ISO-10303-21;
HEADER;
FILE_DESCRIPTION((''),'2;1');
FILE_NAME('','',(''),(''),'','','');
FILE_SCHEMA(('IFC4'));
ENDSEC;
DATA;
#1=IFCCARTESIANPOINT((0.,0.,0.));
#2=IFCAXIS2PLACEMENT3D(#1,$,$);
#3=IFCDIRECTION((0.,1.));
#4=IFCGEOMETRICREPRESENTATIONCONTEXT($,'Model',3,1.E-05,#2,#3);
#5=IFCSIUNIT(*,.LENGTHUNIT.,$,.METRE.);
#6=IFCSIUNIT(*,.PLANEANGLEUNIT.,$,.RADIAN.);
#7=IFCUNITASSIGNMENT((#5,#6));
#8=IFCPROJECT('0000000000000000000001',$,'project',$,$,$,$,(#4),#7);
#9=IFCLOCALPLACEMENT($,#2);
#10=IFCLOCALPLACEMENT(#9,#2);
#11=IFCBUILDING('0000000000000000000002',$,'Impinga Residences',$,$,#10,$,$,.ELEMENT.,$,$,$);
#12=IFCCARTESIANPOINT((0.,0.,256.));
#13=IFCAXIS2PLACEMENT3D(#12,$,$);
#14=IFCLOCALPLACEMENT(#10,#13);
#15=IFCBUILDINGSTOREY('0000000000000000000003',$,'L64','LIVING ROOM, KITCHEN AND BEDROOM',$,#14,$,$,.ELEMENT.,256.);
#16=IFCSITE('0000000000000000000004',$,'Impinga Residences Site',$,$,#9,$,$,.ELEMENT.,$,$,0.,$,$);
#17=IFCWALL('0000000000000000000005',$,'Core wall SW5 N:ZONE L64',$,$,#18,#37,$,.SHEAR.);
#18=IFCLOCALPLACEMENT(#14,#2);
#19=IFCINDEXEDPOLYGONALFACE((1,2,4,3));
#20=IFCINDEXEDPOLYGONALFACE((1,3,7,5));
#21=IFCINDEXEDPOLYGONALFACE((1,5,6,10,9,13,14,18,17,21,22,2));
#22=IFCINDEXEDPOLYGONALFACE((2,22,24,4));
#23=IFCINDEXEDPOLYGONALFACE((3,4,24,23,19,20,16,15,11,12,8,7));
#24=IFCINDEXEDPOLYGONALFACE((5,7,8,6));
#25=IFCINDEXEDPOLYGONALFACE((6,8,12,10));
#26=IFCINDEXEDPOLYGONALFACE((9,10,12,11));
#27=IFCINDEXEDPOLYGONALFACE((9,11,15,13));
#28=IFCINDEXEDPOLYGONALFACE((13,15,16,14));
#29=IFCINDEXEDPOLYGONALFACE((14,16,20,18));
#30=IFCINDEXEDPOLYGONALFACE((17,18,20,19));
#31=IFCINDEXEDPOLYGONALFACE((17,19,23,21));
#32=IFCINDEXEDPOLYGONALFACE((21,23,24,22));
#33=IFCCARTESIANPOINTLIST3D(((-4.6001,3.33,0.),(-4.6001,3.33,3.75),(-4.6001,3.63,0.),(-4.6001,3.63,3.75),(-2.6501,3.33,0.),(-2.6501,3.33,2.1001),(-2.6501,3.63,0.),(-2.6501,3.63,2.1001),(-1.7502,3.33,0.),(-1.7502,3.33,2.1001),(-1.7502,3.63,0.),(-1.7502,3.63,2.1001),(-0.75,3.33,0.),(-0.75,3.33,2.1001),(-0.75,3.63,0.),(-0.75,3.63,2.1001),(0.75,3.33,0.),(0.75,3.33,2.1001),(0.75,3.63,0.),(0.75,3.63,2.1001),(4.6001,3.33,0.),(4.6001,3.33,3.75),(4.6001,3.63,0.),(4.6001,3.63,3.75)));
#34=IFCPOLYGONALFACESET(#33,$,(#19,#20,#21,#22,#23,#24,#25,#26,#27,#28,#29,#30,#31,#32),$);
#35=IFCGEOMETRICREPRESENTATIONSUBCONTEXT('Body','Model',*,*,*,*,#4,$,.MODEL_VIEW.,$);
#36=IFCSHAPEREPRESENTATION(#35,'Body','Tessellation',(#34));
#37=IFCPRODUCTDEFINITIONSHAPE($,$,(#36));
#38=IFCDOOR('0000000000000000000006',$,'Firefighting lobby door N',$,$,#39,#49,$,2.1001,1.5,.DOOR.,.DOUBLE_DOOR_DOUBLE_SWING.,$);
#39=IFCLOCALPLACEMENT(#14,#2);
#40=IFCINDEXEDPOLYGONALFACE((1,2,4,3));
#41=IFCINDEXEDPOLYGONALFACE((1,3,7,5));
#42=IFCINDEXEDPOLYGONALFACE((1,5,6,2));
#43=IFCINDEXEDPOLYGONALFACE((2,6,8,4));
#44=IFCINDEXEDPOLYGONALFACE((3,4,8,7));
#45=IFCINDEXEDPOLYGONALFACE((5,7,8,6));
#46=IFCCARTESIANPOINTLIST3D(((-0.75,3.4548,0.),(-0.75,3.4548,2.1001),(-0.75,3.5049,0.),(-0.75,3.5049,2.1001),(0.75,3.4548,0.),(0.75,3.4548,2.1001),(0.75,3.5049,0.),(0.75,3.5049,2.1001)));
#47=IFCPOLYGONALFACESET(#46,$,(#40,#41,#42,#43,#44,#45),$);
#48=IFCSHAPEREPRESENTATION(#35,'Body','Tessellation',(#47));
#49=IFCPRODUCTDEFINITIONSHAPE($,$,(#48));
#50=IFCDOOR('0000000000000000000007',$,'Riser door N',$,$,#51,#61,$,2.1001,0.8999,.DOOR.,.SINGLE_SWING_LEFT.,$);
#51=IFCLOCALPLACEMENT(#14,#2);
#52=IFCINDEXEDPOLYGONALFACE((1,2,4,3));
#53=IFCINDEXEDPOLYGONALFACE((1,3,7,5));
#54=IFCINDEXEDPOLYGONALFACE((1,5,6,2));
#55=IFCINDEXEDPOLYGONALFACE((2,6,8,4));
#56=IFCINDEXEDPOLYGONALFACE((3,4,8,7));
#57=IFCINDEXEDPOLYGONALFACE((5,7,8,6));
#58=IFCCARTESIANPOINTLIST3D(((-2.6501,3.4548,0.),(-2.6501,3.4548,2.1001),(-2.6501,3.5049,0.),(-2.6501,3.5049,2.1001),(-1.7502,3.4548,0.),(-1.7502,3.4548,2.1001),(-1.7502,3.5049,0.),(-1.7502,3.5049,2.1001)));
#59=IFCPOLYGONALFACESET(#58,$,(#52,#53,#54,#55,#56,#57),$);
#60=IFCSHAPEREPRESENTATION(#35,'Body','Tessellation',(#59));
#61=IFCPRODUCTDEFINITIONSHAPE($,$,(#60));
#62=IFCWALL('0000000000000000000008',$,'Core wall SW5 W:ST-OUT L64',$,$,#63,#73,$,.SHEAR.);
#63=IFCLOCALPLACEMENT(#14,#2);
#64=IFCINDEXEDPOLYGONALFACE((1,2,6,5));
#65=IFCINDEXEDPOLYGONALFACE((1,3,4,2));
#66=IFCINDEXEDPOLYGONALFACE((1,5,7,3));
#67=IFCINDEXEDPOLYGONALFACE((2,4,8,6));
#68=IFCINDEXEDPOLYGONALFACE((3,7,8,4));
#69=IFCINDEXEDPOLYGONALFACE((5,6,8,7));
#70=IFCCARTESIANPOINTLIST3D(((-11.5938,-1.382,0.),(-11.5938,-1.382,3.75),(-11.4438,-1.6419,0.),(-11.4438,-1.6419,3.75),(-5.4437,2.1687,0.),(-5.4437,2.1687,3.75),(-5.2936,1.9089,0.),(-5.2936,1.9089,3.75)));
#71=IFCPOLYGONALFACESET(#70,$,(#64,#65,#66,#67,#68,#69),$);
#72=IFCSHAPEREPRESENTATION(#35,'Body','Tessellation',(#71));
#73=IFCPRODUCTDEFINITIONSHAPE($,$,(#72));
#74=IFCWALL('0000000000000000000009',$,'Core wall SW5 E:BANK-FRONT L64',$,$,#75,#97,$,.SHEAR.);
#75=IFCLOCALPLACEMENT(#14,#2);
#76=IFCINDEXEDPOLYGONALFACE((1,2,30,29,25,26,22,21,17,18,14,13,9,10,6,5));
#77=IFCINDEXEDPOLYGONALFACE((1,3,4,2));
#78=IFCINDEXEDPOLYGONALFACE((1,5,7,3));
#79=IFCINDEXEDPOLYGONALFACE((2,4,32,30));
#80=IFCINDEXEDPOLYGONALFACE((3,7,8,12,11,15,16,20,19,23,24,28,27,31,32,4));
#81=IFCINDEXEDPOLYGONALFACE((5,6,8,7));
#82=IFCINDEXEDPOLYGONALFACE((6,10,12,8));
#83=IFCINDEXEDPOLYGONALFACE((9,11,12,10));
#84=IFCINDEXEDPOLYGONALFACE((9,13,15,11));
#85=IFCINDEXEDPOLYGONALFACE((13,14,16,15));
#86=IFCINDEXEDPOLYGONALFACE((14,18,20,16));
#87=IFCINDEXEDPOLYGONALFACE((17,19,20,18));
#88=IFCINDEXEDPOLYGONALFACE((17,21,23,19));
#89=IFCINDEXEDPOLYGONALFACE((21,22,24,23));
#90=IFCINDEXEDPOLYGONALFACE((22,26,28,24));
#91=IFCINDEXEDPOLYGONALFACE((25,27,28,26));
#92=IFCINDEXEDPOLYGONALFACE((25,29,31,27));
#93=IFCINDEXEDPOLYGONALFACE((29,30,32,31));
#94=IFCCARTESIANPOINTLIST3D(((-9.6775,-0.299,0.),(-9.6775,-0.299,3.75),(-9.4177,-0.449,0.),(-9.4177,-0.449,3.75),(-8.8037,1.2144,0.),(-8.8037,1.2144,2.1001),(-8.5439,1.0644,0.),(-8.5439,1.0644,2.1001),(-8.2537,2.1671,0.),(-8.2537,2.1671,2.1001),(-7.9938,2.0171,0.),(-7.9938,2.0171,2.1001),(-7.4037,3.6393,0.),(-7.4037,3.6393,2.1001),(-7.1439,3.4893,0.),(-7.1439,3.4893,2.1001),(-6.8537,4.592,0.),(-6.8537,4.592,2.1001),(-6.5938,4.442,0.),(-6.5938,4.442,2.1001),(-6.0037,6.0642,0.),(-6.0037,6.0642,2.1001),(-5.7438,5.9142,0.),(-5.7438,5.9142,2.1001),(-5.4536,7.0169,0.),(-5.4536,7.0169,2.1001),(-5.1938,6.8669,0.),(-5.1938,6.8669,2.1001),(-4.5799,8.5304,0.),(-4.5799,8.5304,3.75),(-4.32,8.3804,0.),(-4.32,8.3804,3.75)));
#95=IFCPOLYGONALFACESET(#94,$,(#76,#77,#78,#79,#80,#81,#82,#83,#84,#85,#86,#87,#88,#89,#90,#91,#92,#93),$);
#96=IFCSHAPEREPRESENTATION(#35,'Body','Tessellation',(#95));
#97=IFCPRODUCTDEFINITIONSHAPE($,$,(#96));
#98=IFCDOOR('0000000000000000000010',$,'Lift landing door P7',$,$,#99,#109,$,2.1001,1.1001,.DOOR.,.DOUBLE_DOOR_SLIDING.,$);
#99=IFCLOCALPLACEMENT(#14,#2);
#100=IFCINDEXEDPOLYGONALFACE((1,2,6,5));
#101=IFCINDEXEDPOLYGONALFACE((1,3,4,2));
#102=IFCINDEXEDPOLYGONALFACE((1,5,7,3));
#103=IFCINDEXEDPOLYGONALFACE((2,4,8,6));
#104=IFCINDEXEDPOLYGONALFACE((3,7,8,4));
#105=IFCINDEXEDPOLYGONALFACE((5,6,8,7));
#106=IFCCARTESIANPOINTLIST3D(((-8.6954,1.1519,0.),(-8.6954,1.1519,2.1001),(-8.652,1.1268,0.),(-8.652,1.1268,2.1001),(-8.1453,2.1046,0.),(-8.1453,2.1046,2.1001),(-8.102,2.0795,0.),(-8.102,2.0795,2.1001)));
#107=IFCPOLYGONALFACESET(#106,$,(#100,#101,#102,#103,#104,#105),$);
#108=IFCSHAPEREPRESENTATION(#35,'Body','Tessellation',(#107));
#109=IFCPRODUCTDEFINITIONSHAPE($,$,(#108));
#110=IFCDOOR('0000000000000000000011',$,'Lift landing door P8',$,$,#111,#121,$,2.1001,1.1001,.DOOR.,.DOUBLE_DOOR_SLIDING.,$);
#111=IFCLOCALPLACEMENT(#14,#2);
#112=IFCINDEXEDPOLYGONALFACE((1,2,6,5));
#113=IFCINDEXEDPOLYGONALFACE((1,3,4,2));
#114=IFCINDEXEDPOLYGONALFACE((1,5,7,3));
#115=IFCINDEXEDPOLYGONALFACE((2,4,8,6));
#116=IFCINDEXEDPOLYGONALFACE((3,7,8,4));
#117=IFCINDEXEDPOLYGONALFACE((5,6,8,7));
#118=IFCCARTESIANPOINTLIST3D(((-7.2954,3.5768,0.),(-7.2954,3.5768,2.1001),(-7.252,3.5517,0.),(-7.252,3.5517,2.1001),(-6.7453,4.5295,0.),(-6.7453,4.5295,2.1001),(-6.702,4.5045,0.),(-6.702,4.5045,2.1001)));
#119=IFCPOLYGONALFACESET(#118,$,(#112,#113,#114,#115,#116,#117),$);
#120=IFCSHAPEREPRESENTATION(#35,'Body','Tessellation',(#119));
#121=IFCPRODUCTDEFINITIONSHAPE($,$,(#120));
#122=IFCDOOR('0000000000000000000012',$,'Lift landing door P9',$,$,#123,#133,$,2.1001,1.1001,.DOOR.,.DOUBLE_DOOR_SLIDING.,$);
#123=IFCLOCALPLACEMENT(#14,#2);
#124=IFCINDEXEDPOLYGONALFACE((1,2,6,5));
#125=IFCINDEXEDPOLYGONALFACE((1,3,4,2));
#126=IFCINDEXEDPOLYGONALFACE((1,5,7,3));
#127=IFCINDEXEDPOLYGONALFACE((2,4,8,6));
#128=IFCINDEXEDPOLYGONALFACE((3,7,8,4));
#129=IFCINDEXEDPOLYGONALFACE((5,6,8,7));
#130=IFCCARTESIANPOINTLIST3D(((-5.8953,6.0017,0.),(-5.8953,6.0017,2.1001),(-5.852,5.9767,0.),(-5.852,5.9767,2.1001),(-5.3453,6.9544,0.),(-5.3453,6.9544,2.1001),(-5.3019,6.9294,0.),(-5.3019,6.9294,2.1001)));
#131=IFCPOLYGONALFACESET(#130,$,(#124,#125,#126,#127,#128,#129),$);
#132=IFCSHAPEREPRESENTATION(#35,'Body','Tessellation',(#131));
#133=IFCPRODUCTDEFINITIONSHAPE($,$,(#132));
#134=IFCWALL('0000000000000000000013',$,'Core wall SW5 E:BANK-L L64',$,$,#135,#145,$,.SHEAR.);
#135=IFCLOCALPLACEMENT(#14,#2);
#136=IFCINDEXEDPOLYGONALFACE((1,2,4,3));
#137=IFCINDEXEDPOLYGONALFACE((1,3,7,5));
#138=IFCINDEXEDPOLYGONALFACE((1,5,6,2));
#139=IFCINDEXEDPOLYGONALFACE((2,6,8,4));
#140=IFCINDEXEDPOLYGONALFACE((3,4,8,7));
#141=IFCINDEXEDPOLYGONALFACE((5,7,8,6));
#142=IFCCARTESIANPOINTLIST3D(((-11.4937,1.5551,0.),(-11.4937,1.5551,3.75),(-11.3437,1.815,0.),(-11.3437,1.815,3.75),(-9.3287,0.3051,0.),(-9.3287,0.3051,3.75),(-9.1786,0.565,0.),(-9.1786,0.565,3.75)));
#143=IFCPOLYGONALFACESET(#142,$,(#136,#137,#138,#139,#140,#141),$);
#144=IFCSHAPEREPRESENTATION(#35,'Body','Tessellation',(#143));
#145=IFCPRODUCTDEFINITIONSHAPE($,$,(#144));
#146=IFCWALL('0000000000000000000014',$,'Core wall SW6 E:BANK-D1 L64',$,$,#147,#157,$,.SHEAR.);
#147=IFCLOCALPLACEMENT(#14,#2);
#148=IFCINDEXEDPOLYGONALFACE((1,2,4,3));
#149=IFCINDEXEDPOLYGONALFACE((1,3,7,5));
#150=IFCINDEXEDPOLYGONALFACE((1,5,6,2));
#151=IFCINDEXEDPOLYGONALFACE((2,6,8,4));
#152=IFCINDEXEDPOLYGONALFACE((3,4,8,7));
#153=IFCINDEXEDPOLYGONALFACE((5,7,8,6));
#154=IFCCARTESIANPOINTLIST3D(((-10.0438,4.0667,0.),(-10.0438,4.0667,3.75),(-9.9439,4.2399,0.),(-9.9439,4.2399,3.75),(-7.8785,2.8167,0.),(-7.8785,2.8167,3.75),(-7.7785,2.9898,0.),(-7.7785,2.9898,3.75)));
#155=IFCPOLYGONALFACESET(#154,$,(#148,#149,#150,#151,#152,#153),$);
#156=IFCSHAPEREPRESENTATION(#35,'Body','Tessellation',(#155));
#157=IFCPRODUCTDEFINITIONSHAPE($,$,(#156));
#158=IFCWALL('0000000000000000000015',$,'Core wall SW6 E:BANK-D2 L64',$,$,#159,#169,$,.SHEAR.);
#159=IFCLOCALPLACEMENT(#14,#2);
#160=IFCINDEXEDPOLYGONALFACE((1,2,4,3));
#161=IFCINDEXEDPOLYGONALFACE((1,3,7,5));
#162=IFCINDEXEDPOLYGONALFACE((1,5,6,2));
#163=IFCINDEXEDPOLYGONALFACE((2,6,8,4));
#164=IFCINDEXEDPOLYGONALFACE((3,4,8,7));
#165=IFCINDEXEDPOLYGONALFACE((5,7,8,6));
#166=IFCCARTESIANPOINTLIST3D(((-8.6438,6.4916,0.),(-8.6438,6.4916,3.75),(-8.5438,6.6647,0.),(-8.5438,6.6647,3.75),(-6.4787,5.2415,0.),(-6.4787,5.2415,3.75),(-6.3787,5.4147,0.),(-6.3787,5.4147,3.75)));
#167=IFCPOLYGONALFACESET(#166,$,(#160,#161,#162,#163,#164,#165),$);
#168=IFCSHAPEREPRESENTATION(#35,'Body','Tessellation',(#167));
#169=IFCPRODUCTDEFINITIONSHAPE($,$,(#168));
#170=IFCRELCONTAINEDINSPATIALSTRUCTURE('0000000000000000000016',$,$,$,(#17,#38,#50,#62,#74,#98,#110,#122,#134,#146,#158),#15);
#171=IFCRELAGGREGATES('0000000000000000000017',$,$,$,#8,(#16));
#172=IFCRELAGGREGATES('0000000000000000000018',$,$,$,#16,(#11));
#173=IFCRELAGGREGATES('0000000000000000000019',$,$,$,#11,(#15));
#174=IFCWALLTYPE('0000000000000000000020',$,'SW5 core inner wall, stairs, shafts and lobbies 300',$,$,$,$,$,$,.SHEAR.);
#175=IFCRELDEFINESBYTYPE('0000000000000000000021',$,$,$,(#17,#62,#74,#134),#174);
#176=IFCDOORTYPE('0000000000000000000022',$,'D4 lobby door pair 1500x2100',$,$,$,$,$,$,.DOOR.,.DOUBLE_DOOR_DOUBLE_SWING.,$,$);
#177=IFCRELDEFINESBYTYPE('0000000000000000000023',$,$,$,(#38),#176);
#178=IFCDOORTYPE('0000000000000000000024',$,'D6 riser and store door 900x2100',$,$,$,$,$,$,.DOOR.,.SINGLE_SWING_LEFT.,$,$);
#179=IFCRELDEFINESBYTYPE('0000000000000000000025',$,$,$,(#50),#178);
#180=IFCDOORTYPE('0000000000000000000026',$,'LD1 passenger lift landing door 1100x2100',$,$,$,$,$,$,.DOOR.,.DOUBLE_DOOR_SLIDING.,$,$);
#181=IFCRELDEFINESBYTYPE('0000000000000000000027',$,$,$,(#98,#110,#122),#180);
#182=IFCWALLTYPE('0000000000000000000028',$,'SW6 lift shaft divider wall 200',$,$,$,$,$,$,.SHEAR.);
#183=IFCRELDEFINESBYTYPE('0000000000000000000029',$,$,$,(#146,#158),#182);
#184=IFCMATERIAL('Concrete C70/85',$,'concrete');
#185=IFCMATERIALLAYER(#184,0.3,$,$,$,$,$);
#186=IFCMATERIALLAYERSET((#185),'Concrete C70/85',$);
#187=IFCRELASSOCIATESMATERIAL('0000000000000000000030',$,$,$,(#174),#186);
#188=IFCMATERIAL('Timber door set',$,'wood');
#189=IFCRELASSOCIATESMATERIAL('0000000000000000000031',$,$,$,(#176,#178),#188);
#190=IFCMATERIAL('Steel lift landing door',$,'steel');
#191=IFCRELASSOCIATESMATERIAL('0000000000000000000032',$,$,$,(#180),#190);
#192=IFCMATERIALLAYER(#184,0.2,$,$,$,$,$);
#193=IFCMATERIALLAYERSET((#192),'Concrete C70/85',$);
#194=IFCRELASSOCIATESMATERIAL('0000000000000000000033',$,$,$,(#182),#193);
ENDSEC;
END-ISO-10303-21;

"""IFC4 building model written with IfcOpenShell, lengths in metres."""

from ifc_helpers import new_model, si_unit, direction, frame, frame_2d, origin, place, context, subcontext, project, spatial, rectangle, extrude, material, layer, layer_set, type_object, element, fill, save


model = new_model("IFC4")

# Units and contexts
model_context = context("Model", 3, precision=1e-05, world=origin(), true_north=direction((0.0, 1.0)))
body_context = subcontext(model_context, "Body", "Model", "MODEL_VIEW")
ifc_project = project(units=[si_unit("LENGTHUNIT", "METRE"), si_unit("PLANEANGLEUNIT", "RADIAN")], contexts=[model_context])

# Site, building, storey
site_placement = place(None, origin())
site = spatial("IfcSite", under=ifc_project, at=site_placement, Name="Impinga Residences Site", CompositionType="ELEMENT", RefElevation=0.0)
building_placement = place(site_placement, origin())
building = spatial("IfcBuilding", under=site, at=building_placement, Name="Impinga Residences", CompositionType="ELEMENT")
storey_placement = place(building_placement, frame((0.0, 0.0, 256.0)))
storey = spatial("IfcBuildingStorey", under=building, at=storey_placement, Name="L64", Description="LIVING ROOM, KITCHEN AND BEDROOM", CompositionType="ELEMENT", Elevation=256.0)

# Shared definitions
ifc_material_1 = material(Name="Timber door set", Category="wood")

# Wall, openings, doors
ifc_material_2 = material(Name="Concrete C70/85", Category="concrete")
ifc_layer_1 = layer(ifc_material_2, 0.3)
ifc_layer_set_1 = layer_set([ifc_layer_1], Name="Concrete C70/85")
wall_type_1 = type_object("IfcWallType", Name="SW5 core inner wall, stairs, shafts and lobbies 300", PredefinedType="SHEAR", material=ifc_layer_set_1)
wall_1_placement = place(storey_placement, frame((-4.6001, 3.48, 0.0), z_axis=(0.0, 0.0, 1.0), x_axis=(1.0, 0.0, 0.0)))
wall_1 = element("IfcWall", 1, at=wall_1_placement, inside=storey, type_object=wall_type_1, Name="Core wall SW5 N:ZONE L64", PredefinedType="SHEAR", context=body_context, shape_type="SweptSolid", body=[
    extrude(rectangle(XDim=9.2002, YDim=0.3, at=frame_2d((4.6001, 0.0))), origin(), (0.0, 0.0, 1.0), 3.75),
])
opening_1_placement = place(wall_1_placement, frame((3.8501, 0.0, 0.0)))
opening_1 = element("IfcOpeningElement", 2, at=opening_1_placement, cuts=wall_1, PredefinedType="OPENING", context=body_context, shape_type="SweptSolid", body=[
    extrude(rectangle(XDim=1.5, YDim=2.1001, at=frame_2d((0.75, 1.05))), frame((0.0, 0.1599, 0.0), z_axis=(0.0, -1.0, 0.0), x_axis=(1.0, 0.0, 0.0)), (0.0, 0.0, 1.0), 0.3201),
])
opening_2_placement = place(wall_1_placement, frame((1.95, 0.0, 0.0)))
opening_2 = element("IfcOpeningElement", 3, at=opening_2_placement, cuts=wall_1, PredefinedType="OPENING", context=body_context, shape_type="SweptSolid", body=[
    extrude(rectangle(XDim=0.8999, YDim=2.1001, at=frame_2d((0.45, 1.05))), frame((0.0, 0.1599, 0.0), z_axis=(0.0, -1.0, 0.0), x_axis=(1.0, 0.0, 0.0)), (0.0, 0.0, 1.0), 0.3201),
])
door_type_1 = type_object("IfcDoorType", Name="D4 lobby door pair 1500x2100", OperationType="DOUBLE_DOOR_DOUBLE_SWING", PredefinedType="DOOR", material=ifc_material_1)
door_1_placement = place(opening_1_placement, origin())
door_1 = element("IfcDoor", 4, at=door_1_placement, inside=storey, type_object=door_type_1, Name="Firefighting lobby door N", OperationType="DOUBLE_DOOR_DOUBLE_SWING", OverallHeight=2.1001, OverallWidth=1.5, PredefinedType="DOOR", context=body_context, shape_type="SweptSolid", body=[
    extrude(rectangle(XDim=1.5, YDim=2.1001, at=frame_2d((0.75, 1.05))), frame((0.0, 0.0249, 0.0), z_axis=(0.0, -1.0, 0.0), x_axis=(1.0, 0.0, 0.0)), (0.0, 0.0, 1.0), 0.05),
])
fill(opening_1, door_1)
door_type_2 = type_object("IfcDoorType", Name="D6 riser and store door 900x2100", OperationType="SINGLE_SWING_LEFT", PredefinedType="DOOR", material=ifc_material_1)
door_2_placement = place(opening_2_placement, origin())
door_2 = element("IfcDoor", 5, at=door_2_placement, inside=storey, type_object=door_type_2, Name="Riser door N", OperationType="SINGLE_SWING_LEFT", OverallHeight=2.1001, OverallWidth=0.8999, PredefinedType="DOOR", context=body_context, shape_type="SweptSolid", body=[
    extrude(rectangle(XDim=0.8999, YDim=2.1001, at=frame_2d((0.45, 1.05))), frame((0.0, 0.0249, 0.0), z_axis=(0.0, -1.0, 0.0), x_axis=(1.0, 0.0, 0.0)), (0.0, 0.0, 1.0), 0.05),
])
fill(opening_2, door_2)

# Wall
wall_2_placement = place(storey_placement, frame((-5.3687, 2.0388, 0.0), z_axis=(0.0, 0.0, 1.0), x_axis=(-0.866026, -0.499999, 0.0)))
element("IfcWall", 6, at=wall_2_placement, inside=storey, type_object=wall_type_1, Name="Core wall SW5 W:ST-OUT L64", PredefinedType="SHEAR", context=body_context, shape_type="SweptSolid", body=[
    extrude(rectangle(XDim=7.1016, YDim=0.3, at=frame_2d((3.5508, 0.0))), origin(), (0.0, 0.0, 1.0), 3.75),
])

# Wall, openings, doors
wall_3_placement = place(storey_placement, frame((-9.5476, -0.374, 0.0), z_axis=(0.0, 0.0, 1.0), x_axis=(0.500002, 0.866024, 0.0)))
wall_3 = element("IfcWall", 7, at=wall_3_placement, inside=storey, type_object=wall_type_1, Name="Core wall SW5 E:BANK-FRONT L64", PredefinedType="SHEAR", context=body_context, shape_type="SweptSolid", body=[
    extrude(rectangle(XDim=10.1953, YDim=0.3, at=frame_2d((5.0977, 0.0))), origin(), (0.0, 0.0, 1.0), 3.75),
])
opening_3_placement = place(wall_3_placement, frame((1.7476, 0.0, 0.0)))
opening_3 = element("IfcOpeningElement", 8, at=opening_3_placement, cuts=wall_3, PredefinedType="OPENING", context=body_context, shape_type="SweptSolid", body=[
    extrude(rectangle(XDim=1.1001, YDim=2.1001, at=frame_2d((0.55, 1.05))), frame((0.0, 0.1599, 0.0), z_axis=(0.0, -1.0, 0.0), x_axis=(1.0, 0.0, 0.0)), (0.0, 0.0, 1.0), 0.3201),
])
opening_4_placement = place(wall_3_placement, frame((4.5476, 0.0, 0.0)))
opening_4 = element("IfcOpeningElement", 9, at=opening_4_placement, cuts=wall_3, PredefinedType="OPENING", context=body_context, shape_type="SweptSolid", body=[
    extrude(rectangle(XDim=1.1001, YDim=2.1001, at=frame_2d((0.55, 1.05))), frame((0.0, 0.1599, 0.0), z_axis=(0.0, -1.0, 0.0), x_axis=(1.0, 0.0, 0.0)), (0.0, 0.0, 1.0), 0.3201),
])
opening_5_placement = place(wall_3_placement, frame((7.3477, 0.0, 0.0)))
opening_5 = element("IfcOpeningElement", 10, at=opening_5_placement, cuts=wall_3, PredefinedType="OPENING", context=body_context, shape_type="SweptSolid", body=[
    extrude(rectangle(XDim=1.1001, YDim=2.1001, at=frame_2d((0.55, 1.05))), frame((0.0, 0.1599, 0.0), z_axis=(0.0, -1.0, 0.0), x_axis=(1.0, 0.0, 0.0)), (0.0, 0.0, 1.0), 0.3201),
])
ifc_material_3 = material(Name="Steel lift landing door", Category="steel")
door_type_3 = type_object("IfcDoorType", Name="LD1 passenger lift landing door 1100x2100", OperationType="DOUBLE_DOOR_SLIDING", PredefinedType="DOOR", material=ifc_material_3)
door_3_placement = place(opening_3_placement, origin())
door_3 = element("IfcDoor", 11, at=door_3_placement, inside=storey, type_object=door_type_3, Name="Lift landing door P7", OperationType="DOUBLE_DOOR_SLIDING", OverallHeight=2.1001, OverallWidth=1.1001, PredefinedType="DOOR", context=body_context, shape_type="SweptSolid", body=[
    extrude(rectangle(XDim=1.1001, YDim=2.1001, at=frame_2d((0.55, 1.05))), frame((0.0, 0.0249, 0.0), z_axis=(0.0, -1.0, 0.0), x_axis=(1.0, 0.0, 0.0)), (0.0, 0.0, 1.0), 0.05),
])
fill(opening_3, door_3)
door_4_placement = place(opening_4_placement, origin())
door_4 = element("IfcDoor", 12, at=door_4_placement, inside=storey, type_object=door_type_3, Name="Lift landing door P8", OperationType="DOUBLE_DOOR_SLIDING", OverallHeight=2.1001, OverallWidth=1.1001, PredefinedType="DOOR", context=body_context, shape_type="SweptSolid", body=[
    extrude(rectangle(XDim=1.1001, YDim=2.1001, at=frame_2d((0.55, 1.05))), frame((0.0, 0.0249, 0.0), z_axis=(0.0, -1.0, 0.0), x_axis=(1.0, 0.0, 0.0)), (0.0, 0.0, 1.0), 0.05),
])
fill(opening_4, door_4)
door_5_placement = place(opening_5_placement, origin())
door_5 = element("IfcDoor", 13, at=door_5_placement, inside=storey, type_object=door_type_3, Name="Lift landing door P9", OperationType="DOUBLE_DOOR_SLIDING", OverallHeight=2.1001, OverallWidth=1.1001, PredefinedType="DOOR", context=body_context, shape_type="SweptSolid", body=[
    extrude(rectangle(XDim=1.1001, YDim=2.1001, at=frame_2d((0.55, 1.05))), frame((0.0, 0.0249, 0.0), z_axis=(0.0, -1.0, 0.0), x_axis=(1.0, 0.0, 0.0)), (0.0, 0.0, 1.0), 0.05),
])
fill(opening_5, door_5)

# Walls
wall_4_placement = place(storey_placement, frame((-9.2537, 0.4351, 0.0), z_axis=(0.0, 0.0, 1.0), x_axis=(-0.866023, 0.500004, 0.0)))
element("IfcWall", 14, at=wall_4_placement, inside=storey, type_object=wall_type_1, Name="Core wall SW5 E:BANK-L L64", PredefinedType="SHEAR", context=body_context, shape_type="SweptSolid", body=[
    extrude(rectangle(XDim=2.5, YDim=0.3, at=frame_2d((1.25, 0.0))), origin(), (0.0, 0.0, 1.0), 3.75),
])
ifc_layer_2 = layer(ifc_material_2, 0.2)
ifc_layer_set_2 = layer_set([ifc_layer_2], Name="Concrete C70/85")
wall_type_2 = type_object("IfcWallType", Name="SW6 lift shaft divider wall 200", PredefinedType="SHEAR", material=ifc_layer_set_2)
wall_5_placement = place(storey_placement, frame((-7.8286, 2.9033, 0.0), z_axis=(0.0, 0.0, 1.0), x_axis=(-0.866047, 0.499962, 0.0)))
element("IfcWall", 15, at=wall_5_placement, inside=storey, type_object=wall_type_2, Name="Core wall SW6 E:BANK-D1 L64", PredefinedType="SHEAR", context=body_context, shape_type="SweptSolid", body=[
    extrude(rectangle(XDim=2.5002, YDim=0.2, at=frame_2d((1.25, 0.0))), origin(), (0.0, 0.0, 1.0), 3.75),
])
wall_6_placement = place(storey_placement, frame((-6.4287, 5.3281, 0.0), z_axis=(0.0, 0.0, 1.0), x_axis=(-0.866023, 0.500004, 0.0)))
element("IfcWall", 16, at=wall_6_placement, inside=storey, type_object=wall_type_2, Name="Core wall SW6 E:BANK-D2 L64", PredefinedType="SHEAR", context=body_context, shape_type="SweptSolid", body=[
    extrude(rectangle(XDim=2.5, YDim=0.2, at=frame_2d((1.25, 0.0))), origin(), (0.0, 0.0, 1.0), 3.75),
])

save(model, "model.ifc")
